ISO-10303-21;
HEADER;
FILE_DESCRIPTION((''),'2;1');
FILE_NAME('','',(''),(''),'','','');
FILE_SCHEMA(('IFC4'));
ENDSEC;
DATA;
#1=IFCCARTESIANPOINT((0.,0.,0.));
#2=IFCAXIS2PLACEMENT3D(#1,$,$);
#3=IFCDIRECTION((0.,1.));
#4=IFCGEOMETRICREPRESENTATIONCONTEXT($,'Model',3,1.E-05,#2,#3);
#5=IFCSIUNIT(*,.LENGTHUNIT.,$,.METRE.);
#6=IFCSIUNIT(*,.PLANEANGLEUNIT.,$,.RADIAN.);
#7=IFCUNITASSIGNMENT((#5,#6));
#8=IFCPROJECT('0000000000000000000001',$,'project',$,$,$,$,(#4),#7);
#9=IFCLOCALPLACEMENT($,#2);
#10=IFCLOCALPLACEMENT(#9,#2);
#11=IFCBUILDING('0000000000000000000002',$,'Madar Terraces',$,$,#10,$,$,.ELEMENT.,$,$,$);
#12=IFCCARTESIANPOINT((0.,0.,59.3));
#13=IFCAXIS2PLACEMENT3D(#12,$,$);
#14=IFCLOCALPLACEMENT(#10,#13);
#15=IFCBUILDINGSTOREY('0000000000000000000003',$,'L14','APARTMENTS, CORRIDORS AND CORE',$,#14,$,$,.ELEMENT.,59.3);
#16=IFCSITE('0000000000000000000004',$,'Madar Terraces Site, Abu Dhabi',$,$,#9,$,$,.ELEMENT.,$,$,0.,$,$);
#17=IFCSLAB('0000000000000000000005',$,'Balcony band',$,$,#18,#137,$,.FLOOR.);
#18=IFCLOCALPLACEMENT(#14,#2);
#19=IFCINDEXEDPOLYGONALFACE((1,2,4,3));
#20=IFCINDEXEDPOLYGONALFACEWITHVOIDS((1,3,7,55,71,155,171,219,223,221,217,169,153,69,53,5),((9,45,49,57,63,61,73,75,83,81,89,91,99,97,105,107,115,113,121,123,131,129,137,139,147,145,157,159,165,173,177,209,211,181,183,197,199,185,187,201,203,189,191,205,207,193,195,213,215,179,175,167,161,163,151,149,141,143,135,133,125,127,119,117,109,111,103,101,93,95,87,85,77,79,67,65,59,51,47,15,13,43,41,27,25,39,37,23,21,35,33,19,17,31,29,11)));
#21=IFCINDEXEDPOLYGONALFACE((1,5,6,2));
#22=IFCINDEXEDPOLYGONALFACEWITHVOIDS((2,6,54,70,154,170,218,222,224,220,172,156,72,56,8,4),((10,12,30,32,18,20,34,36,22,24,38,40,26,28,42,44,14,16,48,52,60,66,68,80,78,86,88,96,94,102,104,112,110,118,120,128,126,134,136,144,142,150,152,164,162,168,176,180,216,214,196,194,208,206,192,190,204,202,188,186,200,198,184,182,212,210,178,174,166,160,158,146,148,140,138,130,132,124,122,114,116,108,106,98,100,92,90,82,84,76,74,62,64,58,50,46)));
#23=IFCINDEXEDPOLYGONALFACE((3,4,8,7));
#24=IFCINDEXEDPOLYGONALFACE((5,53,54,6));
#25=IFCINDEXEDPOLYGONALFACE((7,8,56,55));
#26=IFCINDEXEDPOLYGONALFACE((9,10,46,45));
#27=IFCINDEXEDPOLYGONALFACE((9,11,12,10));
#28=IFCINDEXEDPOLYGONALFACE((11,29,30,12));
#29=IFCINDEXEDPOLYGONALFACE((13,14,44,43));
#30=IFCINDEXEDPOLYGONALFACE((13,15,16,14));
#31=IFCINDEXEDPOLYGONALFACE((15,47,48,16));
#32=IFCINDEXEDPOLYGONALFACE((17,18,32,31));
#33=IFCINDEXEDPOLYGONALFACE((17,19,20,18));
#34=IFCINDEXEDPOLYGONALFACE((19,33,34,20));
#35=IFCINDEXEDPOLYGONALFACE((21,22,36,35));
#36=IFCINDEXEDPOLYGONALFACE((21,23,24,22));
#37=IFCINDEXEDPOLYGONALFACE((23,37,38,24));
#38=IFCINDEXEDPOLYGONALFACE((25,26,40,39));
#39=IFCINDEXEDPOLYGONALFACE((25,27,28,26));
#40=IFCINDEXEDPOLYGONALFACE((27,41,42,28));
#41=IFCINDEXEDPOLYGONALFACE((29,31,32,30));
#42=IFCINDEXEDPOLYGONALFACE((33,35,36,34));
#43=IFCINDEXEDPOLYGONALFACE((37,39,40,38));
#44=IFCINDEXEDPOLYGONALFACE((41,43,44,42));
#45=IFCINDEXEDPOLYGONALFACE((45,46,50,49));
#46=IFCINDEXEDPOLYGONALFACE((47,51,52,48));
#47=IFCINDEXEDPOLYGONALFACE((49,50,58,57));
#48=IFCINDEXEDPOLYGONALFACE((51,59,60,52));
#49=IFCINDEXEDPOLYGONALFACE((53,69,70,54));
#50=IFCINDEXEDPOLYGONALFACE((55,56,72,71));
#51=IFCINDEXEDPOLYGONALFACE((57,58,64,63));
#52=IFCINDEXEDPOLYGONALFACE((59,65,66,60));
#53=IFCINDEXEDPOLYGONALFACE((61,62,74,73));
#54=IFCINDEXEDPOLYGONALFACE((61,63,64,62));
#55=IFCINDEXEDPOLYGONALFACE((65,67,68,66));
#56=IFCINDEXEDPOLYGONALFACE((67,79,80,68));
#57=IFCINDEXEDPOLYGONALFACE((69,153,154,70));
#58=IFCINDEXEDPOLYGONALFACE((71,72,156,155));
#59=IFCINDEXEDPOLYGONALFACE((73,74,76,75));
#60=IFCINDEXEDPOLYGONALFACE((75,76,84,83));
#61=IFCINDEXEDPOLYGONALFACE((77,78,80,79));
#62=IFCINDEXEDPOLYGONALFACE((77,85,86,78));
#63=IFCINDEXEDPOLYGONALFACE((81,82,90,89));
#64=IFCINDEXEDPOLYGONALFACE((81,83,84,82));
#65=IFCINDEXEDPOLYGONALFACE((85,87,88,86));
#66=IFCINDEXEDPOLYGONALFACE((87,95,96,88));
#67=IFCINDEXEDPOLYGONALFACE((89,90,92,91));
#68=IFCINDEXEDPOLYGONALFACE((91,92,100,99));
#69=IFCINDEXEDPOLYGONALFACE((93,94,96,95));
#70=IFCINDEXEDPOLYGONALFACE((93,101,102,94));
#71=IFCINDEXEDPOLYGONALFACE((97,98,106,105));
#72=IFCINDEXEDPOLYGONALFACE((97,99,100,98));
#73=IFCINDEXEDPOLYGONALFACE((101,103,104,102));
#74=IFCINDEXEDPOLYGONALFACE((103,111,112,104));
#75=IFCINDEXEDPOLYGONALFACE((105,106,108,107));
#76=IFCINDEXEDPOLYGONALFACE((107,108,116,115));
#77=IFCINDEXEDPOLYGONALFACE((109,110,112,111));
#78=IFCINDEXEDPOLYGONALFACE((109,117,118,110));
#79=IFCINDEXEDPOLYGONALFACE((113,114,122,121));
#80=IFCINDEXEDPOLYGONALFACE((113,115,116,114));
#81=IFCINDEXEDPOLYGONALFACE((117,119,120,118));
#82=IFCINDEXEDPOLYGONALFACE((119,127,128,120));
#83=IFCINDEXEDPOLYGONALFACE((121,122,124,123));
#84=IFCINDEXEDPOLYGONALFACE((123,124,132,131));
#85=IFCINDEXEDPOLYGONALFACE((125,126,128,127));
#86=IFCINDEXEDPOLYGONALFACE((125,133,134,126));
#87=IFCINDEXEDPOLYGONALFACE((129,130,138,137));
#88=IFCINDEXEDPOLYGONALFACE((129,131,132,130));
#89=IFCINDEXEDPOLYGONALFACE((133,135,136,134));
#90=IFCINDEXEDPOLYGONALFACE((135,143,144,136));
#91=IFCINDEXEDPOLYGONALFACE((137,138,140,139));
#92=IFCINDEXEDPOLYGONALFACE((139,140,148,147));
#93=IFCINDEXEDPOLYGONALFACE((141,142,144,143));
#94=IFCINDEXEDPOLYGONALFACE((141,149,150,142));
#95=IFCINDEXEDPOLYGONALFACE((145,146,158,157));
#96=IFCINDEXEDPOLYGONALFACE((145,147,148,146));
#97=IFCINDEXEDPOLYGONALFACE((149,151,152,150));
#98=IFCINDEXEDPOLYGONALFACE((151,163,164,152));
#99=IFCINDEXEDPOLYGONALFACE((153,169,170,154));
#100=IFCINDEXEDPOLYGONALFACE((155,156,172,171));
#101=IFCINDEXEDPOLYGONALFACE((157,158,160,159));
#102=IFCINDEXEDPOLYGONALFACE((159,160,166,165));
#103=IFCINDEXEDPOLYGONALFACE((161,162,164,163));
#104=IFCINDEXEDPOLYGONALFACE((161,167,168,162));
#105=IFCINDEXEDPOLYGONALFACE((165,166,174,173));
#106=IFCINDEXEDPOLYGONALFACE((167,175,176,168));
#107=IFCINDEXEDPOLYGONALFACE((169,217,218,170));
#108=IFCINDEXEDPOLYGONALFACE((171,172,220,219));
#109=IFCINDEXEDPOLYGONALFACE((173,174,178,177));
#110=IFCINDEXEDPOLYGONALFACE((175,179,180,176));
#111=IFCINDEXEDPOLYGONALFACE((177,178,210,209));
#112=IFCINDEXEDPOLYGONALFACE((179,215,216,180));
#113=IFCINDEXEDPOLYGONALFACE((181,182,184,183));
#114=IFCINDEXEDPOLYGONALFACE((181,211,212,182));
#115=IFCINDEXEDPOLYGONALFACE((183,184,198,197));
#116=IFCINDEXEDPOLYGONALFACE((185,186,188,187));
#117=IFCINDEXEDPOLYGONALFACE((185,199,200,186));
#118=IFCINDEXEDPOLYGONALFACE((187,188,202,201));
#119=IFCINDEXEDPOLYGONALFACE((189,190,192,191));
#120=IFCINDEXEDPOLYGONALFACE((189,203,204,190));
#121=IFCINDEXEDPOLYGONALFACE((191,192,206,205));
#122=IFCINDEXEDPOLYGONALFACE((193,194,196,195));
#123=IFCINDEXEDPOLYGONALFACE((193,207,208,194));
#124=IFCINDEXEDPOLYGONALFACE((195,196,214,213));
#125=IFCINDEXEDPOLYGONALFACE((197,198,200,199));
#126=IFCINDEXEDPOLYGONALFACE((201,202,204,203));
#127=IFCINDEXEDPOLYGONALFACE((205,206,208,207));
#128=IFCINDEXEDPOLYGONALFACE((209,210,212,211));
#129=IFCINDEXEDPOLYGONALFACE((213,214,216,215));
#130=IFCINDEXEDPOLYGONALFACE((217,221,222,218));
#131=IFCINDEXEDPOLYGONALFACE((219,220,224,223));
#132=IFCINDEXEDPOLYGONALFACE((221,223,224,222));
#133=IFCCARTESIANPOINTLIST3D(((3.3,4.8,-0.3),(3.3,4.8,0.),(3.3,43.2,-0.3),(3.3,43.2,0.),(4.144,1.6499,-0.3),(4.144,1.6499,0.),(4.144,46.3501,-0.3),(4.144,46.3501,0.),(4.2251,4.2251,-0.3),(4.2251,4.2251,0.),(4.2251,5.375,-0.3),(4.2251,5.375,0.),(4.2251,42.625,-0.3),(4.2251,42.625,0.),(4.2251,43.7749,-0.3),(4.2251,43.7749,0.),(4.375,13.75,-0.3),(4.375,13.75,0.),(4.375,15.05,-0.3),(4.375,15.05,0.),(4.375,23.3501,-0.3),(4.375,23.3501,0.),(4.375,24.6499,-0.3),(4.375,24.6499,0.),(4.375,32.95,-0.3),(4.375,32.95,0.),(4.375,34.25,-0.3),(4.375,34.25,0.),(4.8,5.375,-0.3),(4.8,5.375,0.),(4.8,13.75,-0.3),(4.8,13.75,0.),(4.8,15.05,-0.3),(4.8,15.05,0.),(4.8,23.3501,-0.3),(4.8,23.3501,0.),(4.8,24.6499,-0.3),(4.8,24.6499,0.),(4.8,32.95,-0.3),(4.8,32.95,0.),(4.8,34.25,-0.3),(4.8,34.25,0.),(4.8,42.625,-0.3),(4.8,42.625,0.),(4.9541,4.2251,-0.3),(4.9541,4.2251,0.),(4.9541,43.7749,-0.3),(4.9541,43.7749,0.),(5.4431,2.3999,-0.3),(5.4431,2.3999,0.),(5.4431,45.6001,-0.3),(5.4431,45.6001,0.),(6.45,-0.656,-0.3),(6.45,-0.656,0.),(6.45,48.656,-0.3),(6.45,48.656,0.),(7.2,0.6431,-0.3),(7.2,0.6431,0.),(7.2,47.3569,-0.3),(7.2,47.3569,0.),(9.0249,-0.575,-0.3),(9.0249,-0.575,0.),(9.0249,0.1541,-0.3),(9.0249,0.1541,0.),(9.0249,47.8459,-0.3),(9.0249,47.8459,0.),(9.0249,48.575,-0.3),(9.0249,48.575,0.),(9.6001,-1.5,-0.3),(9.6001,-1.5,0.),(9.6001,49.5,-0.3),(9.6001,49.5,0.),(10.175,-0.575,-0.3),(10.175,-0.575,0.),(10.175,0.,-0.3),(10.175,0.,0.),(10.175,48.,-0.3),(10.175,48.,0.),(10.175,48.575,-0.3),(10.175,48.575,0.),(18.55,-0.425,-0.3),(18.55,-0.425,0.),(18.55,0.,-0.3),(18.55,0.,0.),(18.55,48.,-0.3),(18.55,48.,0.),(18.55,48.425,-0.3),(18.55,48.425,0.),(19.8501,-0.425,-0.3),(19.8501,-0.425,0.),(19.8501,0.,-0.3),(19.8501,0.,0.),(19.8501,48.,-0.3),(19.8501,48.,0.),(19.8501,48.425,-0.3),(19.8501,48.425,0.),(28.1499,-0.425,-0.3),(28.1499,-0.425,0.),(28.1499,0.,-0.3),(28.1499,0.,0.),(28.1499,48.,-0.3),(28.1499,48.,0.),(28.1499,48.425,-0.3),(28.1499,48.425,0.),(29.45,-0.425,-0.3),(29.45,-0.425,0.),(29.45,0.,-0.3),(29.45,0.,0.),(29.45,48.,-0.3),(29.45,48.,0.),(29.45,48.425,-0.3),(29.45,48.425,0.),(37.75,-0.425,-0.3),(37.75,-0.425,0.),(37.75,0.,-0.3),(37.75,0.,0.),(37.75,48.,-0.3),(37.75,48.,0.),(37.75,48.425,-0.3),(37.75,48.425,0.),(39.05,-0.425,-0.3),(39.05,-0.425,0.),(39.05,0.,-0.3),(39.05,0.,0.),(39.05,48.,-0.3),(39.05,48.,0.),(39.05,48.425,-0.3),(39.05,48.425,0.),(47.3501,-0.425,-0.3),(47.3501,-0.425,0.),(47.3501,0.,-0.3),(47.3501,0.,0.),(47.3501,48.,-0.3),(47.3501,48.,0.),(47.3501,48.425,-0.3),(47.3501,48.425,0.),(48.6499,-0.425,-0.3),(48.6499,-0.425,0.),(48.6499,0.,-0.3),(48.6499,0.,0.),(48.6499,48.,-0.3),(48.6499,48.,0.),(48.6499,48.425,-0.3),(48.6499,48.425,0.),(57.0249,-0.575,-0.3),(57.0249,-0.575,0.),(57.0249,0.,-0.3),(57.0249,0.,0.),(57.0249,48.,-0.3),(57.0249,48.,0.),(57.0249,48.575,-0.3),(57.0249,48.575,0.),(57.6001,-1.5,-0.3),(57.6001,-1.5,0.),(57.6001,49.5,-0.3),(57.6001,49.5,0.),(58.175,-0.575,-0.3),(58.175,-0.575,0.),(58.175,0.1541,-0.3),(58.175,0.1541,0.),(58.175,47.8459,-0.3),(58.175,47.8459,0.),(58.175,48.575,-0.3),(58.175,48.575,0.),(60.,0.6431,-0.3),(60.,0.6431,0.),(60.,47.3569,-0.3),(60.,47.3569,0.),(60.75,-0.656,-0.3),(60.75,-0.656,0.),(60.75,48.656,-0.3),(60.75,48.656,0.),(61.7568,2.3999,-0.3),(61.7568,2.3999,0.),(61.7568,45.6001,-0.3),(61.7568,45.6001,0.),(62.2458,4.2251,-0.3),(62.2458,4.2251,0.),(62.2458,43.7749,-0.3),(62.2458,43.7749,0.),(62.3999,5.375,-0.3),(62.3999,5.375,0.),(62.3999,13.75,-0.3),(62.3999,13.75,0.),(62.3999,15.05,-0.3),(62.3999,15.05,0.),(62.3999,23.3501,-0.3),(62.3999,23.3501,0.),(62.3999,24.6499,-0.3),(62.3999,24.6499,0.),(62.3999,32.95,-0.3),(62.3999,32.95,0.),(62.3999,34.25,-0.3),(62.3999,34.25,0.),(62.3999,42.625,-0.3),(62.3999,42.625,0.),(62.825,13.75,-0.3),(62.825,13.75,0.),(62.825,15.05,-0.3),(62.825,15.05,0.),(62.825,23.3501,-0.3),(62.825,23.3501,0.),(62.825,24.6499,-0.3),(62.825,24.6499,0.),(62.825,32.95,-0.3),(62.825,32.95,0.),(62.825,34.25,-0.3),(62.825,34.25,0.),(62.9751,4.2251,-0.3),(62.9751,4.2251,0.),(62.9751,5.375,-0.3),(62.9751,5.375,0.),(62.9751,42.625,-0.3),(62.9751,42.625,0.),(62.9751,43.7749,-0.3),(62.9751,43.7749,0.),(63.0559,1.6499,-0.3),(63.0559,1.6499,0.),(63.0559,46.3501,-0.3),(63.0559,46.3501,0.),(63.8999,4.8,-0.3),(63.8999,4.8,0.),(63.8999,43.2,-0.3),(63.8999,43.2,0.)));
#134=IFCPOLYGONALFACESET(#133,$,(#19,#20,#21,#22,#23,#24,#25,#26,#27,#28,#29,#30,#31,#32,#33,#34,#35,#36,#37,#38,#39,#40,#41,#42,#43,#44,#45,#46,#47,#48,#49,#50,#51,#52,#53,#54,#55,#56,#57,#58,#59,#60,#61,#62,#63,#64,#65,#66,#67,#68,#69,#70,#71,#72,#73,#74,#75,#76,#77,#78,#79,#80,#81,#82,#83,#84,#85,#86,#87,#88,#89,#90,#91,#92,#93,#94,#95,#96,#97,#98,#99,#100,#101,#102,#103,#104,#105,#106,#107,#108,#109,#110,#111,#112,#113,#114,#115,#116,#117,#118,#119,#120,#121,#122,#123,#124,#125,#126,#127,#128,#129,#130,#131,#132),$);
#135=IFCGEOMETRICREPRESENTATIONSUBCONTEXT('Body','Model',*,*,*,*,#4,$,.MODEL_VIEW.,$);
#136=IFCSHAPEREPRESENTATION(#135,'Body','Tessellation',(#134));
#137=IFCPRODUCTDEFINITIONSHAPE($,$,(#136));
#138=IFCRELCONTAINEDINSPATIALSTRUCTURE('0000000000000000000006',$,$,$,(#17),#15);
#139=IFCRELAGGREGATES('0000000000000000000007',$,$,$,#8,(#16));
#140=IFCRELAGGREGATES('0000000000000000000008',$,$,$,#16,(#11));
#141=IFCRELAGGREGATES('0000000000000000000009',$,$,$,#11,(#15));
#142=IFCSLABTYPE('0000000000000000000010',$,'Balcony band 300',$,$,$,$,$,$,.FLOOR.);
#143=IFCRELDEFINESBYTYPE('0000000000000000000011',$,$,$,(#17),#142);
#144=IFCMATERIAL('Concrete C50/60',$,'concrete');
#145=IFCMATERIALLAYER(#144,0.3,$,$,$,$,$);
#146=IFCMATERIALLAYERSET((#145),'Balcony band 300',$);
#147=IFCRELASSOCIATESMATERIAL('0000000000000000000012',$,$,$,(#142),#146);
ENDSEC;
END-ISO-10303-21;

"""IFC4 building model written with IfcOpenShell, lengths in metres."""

from ifc_helpers import new_model, si_unit, direction, frame, origin, place, context, subcontext, project, spatial, polyline, outline, extrude, material, layer, layer_set, type_object, element, save


model = new_model("IFC4")

# Units and contexts
model_context = context("Model", 3, precision=1e-05, world=origin(), true_north=direction((0.0, 1.0)))
body_context = subcontext(model_context, "Body", "Model", "MODEL_VIEW")
ifc_project = project(units=[si_unit("LENGTHUNIT", "METRE"), si_unit("PLANEANGLEUNIT", "RADIAN")], contexts=[model_context])

# Site, building, storey
site_placement = place(None, origin())
site = spatial("IfcSite", under=ifc_project, at=site_placement, Name="Madar Terraces Site, Abu Dhabi", CompositionType="ELEMENT", RefElevation=0.0)
building_placement = place(site_placement, origin())
building = spatial("IfcBuilding", under=site, at=building_placement, Name="Madar Terraces", CompositionType="ELEMENT")
storey_placement = place(building_placement, frame((0.0, 0.0, 59.3)))
storey = spatial("IfcBuildingStorey", under=building, at=storey_placement, Name="L14", Description="APARTMENTS, CORRIDORS AND CORE", CompositionType="ELEMENT", Elevation=59.3)

# Slab
ifc_material_1 = material(Name="Concrete C50/60", Category="concrete")
ifc_layer_1 = layer(ifc_material_1, 0.3)
ifc_layer_set_1 = layer_set([ifc_layer_1], Name="Balcony band 300")
slab_type_1 = type_object("IfcSlabType", Name="Balcony band 300", PredefinedType="FLOOR", material=ifc_layer_set_1)
slab_1_placement = place(storey_placement, frame((0.0, 0.0, -0.3)))
element("IfcSlab", 1, at=slab_1_placement, inside=storey, type_object=slab_type_1, Name="Balcony band", PredefinedType="FLOOR", context=body_context, shape_type="SweptSolid", body=[
    extrude(outline(polyline([(9.6001, -1.5), (6.45, -0.656), (4.144, 1.6499), (3.3, 4.8), (3.3, 43.2), (4.144, 46.3501), (6.45, 48.656), (9.6001, 49.5), (57.6001, 49.5), (60.75, 48.656), (63.0559, 46.3501), (63.8999, 43.2), (63.8999, 4.8), (63.0559, 1.6499), (60.75, -0.656), (57.6001, -1.5), (9.6001, -1.5)]), holes=[polyline([(10.175, -0.575), (10.175, 0.0), (18.55, 0.0), (18.55, -0.425), (19.8501, -0.425), (19.8501, 0.0), (28.1499, 0.0), (28.1499, -0.425), (29.45, -0.425), (29.45, 0.0), (37.75, 0.0), (37.75, -0.425), (39.05, -0.425), (39.05, 0.0), (47.3501, 0.0), (47.3501, -0.425), (48.6499, -0.425), (48.6499, 0.0), (57.0249, 0.0), (57.0249, -0.575), (58.175, -0.575), (58.175, 0.1541), (60.0, 0.6431), (61.7568, 2.3999), (62.2458, 4.2251), (62.9751, 4.2251), (62.9751, 5.375), (62.3999, 5.375), (62.3999, 13.75), (62.825, 13.75), (62.825, 15.05), (62.3999, 15.05), (62.3999, 23.3501), (62.825, 23.3501), (62.825, 24.6499), (62.3999, 24.6499), (62.3999, 32.95), (62.825, 32.95), (62.825, 34.25), (62.3999, 34.25), (62.3999, 42.625), (62.9751, 42.625), (62.9751, 43.7749), (62.2458, 43.7749), (61.7568, 45.6001), (60.0, 47.3569), (58.175, 47.8459), (58.175, 48.575), (57.0249, 48.575), (57.0249, 48.0), (48.6499, 48.0), (48.6499, 48.425), (47.3501, 48.425), (47.3501, 48.0), (39.05, 48.0), (39.05, 48.425), (37.75, 48.425), (37.75, 48.0), (29.45, 48.0), (29.45, 48.425), (28.1499, 48.425), (28.1499, 48.0), (19.8501, 48.0), (19.8501, 48.425), (18.55, 48.425), (18.55, 48.0), (10.175, 48.0), (10.175, 48.575), (9.0249, 48.575), (9.0249, 47.8459), (7.2, 47.3569), (5.4431, 45.6001), (4.9541, 43.7749), (4.2251, 43.7749), (4.2251, 42.625), (4.8, 42.625), (4.8, 34.25), (4.375, 34.25), (4.375, 32.95), (4.8, 32.95), (4.8, 24.6499), (4.375, 24.6499), (4.375, 23.3501), (4.8, 23.3501), (4.8, 15.05), (4.375, 15.05), (4.375, 13.75), (4.8, 13.75), (4.8, 5.375), (4.2251, 5.375), (4.2251, 4.2251), (4.9541, 4.2251), (5.4431, 2.3999), (7.2, 0.6431), (9.0249, 0.1541), (9.0249, -0.575), (10.175, -0.575)])]), origin(), (0.0, 0.0, 1.0), 0.3),
])

save(model, "model.ifc")
